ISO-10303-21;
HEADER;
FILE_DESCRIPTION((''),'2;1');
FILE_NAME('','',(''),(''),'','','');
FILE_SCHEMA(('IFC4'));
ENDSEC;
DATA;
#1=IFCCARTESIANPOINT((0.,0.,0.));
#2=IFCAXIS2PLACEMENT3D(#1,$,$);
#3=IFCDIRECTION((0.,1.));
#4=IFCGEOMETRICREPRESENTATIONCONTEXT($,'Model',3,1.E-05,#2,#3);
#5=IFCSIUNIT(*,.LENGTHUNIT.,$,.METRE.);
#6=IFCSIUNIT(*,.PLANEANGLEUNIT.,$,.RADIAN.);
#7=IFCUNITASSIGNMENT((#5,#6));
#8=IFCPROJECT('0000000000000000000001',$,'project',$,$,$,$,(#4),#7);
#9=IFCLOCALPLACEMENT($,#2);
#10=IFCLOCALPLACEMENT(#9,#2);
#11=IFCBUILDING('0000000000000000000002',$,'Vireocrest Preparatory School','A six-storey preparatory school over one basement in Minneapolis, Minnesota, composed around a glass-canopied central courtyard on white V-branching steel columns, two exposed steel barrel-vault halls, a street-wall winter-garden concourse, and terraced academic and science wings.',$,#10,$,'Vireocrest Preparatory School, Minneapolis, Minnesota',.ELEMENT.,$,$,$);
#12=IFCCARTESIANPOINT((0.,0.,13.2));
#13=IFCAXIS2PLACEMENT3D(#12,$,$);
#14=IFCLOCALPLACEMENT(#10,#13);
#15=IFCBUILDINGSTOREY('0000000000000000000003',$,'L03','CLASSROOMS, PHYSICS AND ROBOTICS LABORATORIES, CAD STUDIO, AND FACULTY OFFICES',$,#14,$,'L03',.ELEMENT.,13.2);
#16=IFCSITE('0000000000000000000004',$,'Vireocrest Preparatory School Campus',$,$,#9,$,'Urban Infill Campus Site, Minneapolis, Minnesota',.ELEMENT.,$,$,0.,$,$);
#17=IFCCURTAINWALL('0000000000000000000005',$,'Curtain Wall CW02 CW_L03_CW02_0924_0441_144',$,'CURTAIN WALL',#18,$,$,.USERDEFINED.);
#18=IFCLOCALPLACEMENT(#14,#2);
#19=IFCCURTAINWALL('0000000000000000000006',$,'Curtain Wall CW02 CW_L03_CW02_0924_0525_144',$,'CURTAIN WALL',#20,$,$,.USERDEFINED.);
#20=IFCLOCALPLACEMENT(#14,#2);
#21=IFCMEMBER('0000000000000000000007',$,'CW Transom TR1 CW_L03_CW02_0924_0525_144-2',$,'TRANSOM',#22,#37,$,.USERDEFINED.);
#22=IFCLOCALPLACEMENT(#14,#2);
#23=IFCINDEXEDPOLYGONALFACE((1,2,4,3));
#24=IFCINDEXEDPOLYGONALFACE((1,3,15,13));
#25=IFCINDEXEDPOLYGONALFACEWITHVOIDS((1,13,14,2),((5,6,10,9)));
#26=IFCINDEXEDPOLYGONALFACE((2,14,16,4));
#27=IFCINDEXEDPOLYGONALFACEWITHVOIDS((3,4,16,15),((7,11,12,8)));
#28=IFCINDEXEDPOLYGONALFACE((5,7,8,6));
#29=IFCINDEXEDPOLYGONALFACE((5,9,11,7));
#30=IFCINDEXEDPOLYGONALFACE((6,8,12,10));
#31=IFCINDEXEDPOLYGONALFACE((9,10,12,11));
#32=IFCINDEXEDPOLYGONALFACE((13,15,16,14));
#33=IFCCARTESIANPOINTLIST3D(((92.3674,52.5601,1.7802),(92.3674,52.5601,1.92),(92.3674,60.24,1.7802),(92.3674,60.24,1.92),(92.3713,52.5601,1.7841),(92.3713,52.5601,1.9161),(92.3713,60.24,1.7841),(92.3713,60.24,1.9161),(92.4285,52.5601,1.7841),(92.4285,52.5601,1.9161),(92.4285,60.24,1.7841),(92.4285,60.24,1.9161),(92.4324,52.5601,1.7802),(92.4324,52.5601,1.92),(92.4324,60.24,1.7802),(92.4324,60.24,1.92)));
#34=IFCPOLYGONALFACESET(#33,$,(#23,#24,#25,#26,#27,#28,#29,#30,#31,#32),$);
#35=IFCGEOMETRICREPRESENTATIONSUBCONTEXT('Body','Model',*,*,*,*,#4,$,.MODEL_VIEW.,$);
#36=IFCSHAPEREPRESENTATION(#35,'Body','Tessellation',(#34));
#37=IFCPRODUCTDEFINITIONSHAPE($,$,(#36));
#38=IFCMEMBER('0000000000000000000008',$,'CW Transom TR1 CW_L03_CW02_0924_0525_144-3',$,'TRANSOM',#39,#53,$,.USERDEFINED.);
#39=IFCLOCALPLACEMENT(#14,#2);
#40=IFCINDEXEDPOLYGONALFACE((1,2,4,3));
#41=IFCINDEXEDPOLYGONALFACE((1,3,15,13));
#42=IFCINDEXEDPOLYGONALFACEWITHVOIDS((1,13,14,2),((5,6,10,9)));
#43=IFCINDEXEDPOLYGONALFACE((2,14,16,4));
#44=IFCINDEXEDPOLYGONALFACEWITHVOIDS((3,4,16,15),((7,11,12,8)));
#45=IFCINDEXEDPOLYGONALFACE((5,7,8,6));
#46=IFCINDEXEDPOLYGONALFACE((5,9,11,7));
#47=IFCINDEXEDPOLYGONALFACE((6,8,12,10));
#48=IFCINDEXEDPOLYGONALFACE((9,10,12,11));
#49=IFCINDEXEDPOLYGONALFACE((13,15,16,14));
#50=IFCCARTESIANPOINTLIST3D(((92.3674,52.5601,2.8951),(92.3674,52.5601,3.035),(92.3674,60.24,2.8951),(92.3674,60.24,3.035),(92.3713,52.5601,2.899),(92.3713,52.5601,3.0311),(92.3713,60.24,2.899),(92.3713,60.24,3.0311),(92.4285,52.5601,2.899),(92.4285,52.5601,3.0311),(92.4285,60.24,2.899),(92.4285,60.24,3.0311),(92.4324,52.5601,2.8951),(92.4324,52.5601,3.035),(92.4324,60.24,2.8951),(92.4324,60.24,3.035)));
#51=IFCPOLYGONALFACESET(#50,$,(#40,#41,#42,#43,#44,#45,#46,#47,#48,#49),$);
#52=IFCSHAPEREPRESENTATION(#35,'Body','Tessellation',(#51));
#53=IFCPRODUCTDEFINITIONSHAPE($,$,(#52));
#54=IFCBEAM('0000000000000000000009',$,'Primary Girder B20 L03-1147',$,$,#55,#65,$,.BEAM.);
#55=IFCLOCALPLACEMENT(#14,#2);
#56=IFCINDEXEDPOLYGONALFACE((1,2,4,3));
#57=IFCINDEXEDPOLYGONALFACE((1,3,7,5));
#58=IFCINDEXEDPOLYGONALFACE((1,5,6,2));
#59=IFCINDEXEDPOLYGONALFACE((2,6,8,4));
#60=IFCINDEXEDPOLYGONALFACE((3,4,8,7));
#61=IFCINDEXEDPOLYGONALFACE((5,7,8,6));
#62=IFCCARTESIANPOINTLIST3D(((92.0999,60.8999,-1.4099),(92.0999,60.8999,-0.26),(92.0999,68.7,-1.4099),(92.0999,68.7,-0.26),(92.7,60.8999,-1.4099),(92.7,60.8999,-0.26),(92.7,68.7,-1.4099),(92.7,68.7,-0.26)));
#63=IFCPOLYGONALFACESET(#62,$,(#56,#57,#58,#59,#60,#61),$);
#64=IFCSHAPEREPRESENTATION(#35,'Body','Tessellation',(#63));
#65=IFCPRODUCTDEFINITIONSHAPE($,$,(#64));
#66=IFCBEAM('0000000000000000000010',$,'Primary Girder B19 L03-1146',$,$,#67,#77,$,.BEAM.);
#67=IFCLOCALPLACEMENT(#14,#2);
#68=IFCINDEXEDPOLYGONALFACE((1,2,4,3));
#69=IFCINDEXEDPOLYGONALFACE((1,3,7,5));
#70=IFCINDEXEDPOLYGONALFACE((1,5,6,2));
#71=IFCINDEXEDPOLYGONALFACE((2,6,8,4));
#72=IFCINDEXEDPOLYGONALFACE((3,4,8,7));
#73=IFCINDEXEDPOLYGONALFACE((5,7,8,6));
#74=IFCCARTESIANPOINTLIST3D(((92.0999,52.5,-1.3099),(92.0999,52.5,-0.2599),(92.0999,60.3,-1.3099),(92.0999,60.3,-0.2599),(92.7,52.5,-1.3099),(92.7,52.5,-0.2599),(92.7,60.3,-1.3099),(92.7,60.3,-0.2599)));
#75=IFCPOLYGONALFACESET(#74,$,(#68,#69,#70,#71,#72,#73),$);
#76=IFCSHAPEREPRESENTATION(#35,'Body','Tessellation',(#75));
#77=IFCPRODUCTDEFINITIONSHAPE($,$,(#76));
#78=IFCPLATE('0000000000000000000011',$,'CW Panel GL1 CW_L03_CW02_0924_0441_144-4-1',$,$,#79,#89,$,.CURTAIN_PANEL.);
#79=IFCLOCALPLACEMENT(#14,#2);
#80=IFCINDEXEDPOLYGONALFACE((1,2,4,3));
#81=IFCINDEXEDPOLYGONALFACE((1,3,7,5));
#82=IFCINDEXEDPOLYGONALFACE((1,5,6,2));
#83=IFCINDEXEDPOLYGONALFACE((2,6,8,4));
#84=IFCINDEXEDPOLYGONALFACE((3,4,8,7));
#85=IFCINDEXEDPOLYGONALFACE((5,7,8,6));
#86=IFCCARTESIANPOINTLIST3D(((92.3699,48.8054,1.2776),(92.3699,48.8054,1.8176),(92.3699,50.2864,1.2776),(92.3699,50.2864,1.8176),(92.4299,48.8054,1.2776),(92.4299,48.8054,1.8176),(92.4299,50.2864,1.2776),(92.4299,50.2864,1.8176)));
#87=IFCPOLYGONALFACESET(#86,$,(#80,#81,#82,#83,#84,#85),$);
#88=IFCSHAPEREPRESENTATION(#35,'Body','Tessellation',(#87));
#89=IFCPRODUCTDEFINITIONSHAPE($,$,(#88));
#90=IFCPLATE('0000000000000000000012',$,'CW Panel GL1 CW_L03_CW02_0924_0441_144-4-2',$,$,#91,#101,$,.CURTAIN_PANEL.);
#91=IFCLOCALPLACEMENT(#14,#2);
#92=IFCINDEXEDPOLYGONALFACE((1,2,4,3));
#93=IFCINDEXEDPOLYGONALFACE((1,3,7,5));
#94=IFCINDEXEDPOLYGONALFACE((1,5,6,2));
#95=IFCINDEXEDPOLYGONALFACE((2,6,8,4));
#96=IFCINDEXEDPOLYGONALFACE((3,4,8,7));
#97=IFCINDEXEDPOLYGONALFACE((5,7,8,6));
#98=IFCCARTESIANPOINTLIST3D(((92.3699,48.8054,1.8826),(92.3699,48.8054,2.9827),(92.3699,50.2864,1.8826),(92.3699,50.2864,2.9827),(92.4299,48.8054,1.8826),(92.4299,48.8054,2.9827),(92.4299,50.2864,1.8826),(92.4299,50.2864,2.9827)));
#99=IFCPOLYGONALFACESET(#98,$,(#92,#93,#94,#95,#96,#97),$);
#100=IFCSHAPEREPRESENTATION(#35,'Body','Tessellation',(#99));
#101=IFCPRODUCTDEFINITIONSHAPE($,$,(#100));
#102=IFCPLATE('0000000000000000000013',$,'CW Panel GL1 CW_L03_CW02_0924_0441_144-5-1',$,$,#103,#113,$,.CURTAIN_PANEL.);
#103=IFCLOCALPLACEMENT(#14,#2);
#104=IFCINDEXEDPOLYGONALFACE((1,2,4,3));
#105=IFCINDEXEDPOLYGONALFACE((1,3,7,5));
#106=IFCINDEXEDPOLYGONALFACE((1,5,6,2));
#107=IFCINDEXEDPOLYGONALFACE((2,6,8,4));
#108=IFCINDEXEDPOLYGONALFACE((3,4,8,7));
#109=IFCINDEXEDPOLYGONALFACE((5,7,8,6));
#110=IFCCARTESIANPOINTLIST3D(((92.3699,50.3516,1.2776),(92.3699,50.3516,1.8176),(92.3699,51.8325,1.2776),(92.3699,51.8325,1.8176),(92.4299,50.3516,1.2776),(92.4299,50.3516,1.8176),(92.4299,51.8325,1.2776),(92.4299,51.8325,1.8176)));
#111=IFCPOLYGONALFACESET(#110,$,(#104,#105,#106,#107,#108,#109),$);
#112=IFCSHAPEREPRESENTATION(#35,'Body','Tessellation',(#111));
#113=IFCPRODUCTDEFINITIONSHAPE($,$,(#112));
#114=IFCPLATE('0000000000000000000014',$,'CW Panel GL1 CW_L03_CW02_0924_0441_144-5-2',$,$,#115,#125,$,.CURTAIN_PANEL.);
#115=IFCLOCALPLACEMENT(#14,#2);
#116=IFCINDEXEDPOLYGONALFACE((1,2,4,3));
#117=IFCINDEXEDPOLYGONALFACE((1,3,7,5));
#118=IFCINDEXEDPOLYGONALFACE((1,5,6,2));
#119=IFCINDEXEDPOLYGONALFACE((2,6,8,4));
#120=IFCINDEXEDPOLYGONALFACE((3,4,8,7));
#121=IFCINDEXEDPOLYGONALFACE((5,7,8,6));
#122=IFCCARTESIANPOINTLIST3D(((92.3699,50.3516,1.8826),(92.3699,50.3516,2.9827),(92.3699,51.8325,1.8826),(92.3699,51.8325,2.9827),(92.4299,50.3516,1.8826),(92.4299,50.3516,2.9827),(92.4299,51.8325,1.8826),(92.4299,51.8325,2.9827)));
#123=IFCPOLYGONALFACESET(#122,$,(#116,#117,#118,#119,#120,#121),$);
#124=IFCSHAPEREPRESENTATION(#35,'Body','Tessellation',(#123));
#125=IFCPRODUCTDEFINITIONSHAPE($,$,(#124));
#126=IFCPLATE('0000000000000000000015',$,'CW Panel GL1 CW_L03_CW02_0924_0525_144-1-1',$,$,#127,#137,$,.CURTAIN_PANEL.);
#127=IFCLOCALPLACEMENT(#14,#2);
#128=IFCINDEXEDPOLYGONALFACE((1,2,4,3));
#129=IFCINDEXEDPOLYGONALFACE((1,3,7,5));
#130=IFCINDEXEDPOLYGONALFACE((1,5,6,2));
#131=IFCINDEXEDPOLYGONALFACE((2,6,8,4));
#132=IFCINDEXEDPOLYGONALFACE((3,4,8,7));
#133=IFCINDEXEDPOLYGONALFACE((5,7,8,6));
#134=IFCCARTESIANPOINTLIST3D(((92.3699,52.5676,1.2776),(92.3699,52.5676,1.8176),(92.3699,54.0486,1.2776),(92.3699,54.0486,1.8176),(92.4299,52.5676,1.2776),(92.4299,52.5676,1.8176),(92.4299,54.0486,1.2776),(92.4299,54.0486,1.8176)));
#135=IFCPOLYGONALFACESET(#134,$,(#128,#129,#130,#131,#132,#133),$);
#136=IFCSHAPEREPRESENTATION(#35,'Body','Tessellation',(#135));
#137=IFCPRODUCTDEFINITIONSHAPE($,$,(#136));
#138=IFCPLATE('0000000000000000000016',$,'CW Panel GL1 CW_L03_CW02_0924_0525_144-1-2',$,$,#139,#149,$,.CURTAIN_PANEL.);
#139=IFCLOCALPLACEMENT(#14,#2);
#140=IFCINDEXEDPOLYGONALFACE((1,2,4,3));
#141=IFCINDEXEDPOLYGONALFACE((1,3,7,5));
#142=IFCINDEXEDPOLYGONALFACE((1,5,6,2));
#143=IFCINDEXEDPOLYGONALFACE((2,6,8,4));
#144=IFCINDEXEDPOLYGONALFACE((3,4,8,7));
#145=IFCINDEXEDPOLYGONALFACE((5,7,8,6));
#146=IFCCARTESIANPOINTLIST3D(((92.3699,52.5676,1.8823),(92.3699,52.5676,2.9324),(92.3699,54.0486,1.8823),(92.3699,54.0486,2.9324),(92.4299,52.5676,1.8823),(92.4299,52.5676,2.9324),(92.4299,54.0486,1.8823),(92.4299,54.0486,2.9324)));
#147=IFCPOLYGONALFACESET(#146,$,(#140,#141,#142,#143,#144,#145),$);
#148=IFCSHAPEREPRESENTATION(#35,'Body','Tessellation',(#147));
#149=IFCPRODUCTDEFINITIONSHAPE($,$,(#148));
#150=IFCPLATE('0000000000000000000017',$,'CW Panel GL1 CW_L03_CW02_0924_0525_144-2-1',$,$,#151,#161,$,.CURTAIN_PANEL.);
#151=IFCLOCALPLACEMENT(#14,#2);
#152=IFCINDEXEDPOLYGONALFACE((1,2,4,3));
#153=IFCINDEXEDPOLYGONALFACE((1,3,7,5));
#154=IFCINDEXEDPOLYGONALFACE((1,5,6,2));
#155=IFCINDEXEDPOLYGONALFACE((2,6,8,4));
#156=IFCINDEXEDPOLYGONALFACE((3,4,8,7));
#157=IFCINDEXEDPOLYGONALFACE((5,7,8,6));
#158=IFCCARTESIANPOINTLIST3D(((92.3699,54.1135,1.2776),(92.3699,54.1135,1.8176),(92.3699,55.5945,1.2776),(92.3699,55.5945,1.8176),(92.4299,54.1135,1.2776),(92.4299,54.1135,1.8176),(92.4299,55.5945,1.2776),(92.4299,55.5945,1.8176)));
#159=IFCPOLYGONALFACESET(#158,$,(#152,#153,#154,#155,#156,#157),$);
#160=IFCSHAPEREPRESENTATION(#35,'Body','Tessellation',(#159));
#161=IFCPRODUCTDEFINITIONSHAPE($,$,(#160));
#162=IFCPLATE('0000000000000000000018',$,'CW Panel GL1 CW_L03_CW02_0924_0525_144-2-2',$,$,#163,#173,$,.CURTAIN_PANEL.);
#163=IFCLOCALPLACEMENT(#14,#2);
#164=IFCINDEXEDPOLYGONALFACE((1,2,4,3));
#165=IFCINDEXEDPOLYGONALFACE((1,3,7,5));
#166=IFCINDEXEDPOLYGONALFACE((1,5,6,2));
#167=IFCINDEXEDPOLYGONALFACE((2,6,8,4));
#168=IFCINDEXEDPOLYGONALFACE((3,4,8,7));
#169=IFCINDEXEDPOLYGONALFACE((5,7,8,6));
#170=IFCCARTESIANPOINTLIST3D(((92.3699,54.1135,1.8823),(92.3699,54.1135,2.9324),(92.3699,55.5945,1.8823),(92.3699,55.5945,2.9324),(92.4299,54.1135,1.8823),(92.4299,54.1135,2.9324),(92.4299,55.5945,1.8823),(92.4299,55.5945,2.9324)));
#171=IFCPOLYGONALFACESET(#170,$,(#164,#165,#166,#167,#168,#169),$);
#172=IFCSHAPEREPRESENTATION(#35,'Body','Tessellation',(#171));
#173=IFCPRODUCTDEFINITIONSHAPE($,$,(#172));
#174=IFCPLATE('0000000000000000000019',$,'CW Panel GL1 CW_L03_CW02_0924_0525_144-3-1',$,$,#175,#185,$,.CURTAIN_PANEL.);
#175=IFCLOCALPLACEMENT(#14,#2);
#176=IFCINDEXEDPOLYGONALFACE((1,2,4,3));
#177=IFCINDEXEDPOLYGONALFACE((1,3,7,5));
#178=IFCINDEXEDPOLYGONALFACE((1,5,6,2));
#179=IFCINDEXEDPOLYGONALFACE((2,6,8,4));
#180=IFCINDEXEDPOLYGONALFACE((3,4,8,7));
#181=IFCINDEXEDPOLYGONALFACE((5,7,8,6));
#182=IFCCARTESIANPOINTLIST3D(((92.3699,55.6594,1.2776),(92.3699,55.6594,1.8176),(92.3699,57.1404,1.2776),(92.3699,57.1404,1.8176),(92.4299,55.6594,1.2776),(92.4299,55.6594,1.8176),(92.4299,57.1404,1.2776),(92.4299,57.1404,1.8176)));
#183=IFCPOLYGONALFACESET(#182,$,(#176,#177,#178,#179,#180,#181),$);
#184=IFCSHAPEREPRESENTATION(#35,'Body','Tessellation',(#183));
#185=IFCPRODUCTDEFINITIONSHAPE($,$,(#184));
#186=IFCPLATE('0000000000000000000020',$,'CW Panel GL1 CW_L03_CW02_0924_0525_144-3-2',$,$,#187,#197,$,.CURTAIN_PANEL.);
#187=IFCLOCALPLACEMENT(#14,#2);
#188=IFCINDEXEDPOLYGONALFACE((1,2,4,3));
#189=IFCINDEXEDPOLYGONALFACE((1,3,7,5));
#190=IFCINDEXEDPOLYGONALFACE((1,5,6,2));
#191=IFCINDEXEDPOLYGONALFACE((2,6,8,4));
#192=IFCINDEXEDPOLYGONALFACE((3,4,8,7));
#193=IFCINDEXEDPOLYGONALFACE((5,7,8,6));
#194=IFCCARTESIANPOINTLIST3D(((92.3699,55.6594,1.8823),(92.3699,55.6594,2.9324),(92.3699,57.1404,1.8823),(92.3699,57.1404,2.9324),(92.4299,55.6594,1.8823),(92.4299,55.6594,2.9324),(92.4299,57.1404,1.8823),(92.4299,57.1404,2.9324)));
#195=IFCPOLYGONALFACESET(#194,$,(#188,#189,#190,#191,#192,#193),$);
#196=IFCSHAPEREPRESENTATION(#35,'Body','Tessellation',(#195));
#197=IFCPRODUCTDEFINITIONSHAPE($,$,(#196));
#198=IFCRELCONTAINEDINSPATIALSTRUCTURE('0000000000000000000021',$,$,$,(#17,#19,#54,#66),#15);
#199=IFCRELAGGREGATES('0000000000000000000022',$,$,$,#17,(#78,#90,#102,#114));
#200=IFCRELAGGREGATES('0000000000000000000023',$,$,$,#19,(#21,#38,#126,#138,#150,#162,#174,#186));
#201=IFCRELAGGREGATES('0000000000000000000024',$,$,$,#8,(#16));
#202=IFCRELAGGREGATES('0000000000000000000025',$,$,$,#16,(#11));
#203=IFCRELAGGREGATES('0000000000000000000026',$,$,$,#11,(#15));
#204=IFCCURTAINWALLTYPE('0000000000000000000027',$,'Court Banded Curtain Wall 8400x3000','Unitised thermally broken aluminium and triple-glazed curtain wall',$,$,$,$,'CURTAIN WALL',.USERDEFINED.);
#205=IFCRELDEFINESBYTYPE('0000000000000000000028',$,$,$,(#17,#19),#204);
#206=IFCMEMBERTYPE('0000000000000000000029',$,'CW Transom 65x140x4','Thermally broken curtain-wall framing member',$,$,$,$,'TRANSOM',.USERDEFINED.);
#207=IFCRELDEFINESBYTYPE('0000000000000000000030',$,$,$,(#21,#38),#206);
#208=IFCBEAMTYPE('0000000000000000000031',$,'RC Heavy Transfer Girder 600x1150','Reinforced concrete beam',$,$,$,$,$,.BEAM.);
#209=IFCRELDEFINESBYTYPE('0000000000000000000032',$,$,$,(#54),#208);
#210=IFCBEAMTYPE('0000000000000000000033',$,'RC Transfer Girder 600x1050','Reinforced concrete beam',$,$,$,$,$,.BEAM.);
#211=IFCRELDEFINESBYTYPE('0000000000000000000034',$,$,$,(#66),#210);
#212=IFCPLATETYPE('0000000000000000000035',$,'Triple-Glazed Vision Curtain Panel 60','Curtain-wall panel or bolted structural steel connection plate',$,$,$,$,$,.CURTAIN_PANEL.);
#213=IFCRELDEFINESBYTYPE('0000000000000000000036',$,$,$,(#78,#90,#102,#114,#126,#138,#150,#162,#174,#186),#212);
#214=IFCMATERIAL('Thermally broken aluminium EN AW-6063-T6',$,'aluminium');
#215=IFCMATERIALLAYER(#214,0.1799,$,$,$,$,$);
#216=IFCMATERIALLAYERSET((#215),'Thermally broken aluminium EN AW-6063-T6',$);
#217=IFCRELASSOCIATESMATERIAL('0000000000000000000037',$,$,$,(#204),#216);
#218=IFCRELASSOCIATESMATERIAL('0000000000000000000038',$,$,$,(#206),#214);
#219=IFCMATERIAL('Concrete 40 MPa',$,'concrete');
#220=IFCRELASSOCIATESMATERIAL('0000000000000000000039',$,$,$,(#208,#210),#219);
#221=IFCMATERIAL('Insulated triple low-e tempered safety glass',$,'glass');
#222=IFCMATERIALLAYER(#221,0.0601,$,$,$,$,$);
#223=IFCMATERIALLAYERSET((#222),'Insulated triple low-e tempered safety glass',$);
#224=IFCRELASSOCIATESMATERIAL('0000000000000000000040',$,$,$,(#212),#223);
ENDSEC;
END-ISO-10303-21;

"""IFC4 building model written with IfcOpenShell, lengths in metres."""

from ifc_helpers import new_model, si_unit, direction, frame, origin, origin_2d, place, context, subcontext, project, spatial, rectangle, hollow_rectangle, extrude, material, layer, layer_set, material_profile, profile_set, type_object, element, aggregate, save


model = new_model("IFC4")

# Units and contexts
model_context = context("Model", 3, precision=1e-05, world=origin(), true_north=direction((0.0, 1.0)))
body_context = subcontext(model_context, "Body", "Model", "MODEL_VIEW")
ifc_project = project(units=[si_unit("LENGTHUNIT", "METRE"), si_unit("PLANEANGLEUNIT", "RADIAN")], contexts=[model_context])

# Site, building, storey
site_placement = place(None, origin())
site = spatial("IfcSite", under=ifc_project, at=site_placement, Name="Vireocrest Preparatory School Campus", LongName="Urban Infill Campus Site, Minneapolis, Minnesota", CompositionType="ELEMENT", RefElevation=0.0)
building_placement = place(site_placement, origin())
building = spatial("IfcBuilding", under=site, at=building_placement, Name="Vireocrest Preparatory School", Description="A six-storey preparatory school over one basement in Minneapolis, Minnesota, composed around a glass-canopied central courtyard on white V-branching steel columns, two exposed steel barrel-vault halls, a street-wall winter-garden concourse, and terraced academic and science wings.", LongName="Vireocrest Preparatory School, Minneapolis, Minnesota", CompositionType="ELEMENT")
storey_placement = place(building_placement, frame((0.0, 0.0, 13.2)))
storey = spatial("IfcBuildingStorey", under=building, at=storey_placement, Name="L03", Description="CLASSROOMS, PHYSICS AND ROBOTICS LABORATORIES, CAD STUDIO, AND FACULTY OFFICES", LongName="L03", CompositionType="ELEMENT", Elevation=13.2)

# Curtain walls, members
ifc_material_1 = material(Name="Thermally broken aluminium EN AW-6063-T6", Category="aluminium")
ifc_layer_1 = layer(ifc_material_1, 0.1799)
ifc_layer_set_1 = layer_set([ifc_layer_1], Name="Thermally broken aluminium EN AW-6063-T6")
curtain_wall_type = type_object("IfcCurtainWallType", Name="Court Banded Curtain Wall 8400x3000", Description="Unitised thermally broken aluminium and triple-glazed curtain wall", ElementType="CURTAIN WALL", PredefinedType="USERDEFINED", material=ifc_layer_set_1)
curtain_wall_1_placement = place(storey_placement, origin())
curtain_wall_1 = element("IfcCurtainWall", 1, at=curtain_wall_1_placement, inside=storey, type_object=curtain_wall_type, Name="Curtain Wall CW02 CW_L03_CW02_0924_0441_144", ObjectType="CURTAIN WALL", PredefinedType="USERDEFINED")
curtain_wall_2_placement = place(storey_placement, origin())
curtain_wall_2 = element("IfcCurtainWall", 2, at=curtain_wall_2_placement, inside=storey, type_object=curtain_wall_type, Name="Curtain Wall CW02 CW_L03_CW02_0924_0525_144", ObjectType="CURTAIN WALL", PredefinedType="USERDEFINED")
ifc_material_profile_1 = material_profile(ifc_material_1, hollow_rectangle(XDim=0.0649, YDim=0.1399, WallThickness=0.0039, at=origin_2d()), Name="ALU 65x140x4")
ifc_profile_set_1 = profile_set([ifc_material_profile_1], Name="Thermally broken aluminium EN AW-6063-T6")
member_type_1 = type_object("IfcMemberType", Name="CW Transom 65x140x4", Description="Thermally broken curtain-wall framing member", ElementType="TRANSOM", PredefinedType="USERDEFINED", material=ifc_profile_set_1)
member_1_placement = place(storey_placement, frame((92.3999, 52.5601, 1.8501), z_axis=(0.0, 1.0, 0.0), x_axis=(-1.0, 0.0, 0.0)))
member_1 = element("IfcMember", 3, at=member_1_placement, type_object=member_type_1, Name="CW Transom TR1 CW_L03_CW02_0924_0525_144-2", ObjectType="TRANSOM", PredefinedType="USERDEFINED", context=body_context, shape_type="SweptSolid", body=[
    extrude(hollow_rectangle(XDim=0.0649, YDim=0.1399, WallThickness=0.0039, at=origin_2d()), origin(), (0.0, 0.0, 1.0), 7.6799),
])
member_2_placement = place(storey_placement, frame((92.3999, 52.5601, 2.9651), z_axis=(0.0, 1.0, 0.0), x_axis=(-1.0, 0.0, 0.0)))
member_2 = element("IfcMember", 4, at=member_2_placement, type_object=member_type_1, Name="CW Transom TR1 CW_L03_CW02_0924_0525_144-3", ObjectType="TRANSOM", PredefinedType="USERDEFINED", context=body_context, shape_type="SweptSolid", body=[
    extrude(hollow_rectangle(XDim=0.0649, YDim=0.1399, WallThickness=0.0039, at=origin_2d()), origin(), (0.0, 0.0, 1.0), 7.6799),
])

# Beams
ifc_material_2 = material(Name="Concrete 40 MPa", Category="concrete")
ifc_material_profile_2 = material_profile(ifc_material_2, rectangle(XDim=0.6001, YDim=1.1499, at=origin_2d()), Name="RC 600x1150")
ifc_profile_set_2 = profile_set([ifc_material_profile_2], Name="Concrete 40 MPa")
beam_type_1 = type_object("IfcBeamType", Name="RC Heavy Transfer Girder 600x1150", Description="Reinforced concrete beam", PredefinedType="BEAM", material=ifc_profile_set_2)
beam_1_placement = place(storey_placement, frame((92.3999, 60.8999, -0.835), z_axis=(0.0, 1.0, 0.0), x_axis=(-1.0, 0.0, 0.0)))
element("IfcBeam", 5, at=beam_1_placement, inside=storey, type_object=beam_type_1, Name="Primary Girder B20 L03-1147", PredefinedType="BEAM", context=body_context, shape_type="SweptSolid", body=[
    extrude(rectangle(XDim=0.6001, YDim=1.1499, at=origin_2d()), origin(), (0.0, 0.0, 1.0), 7.8),
])
ifc_material_profile_3 = material_profile(ifc_material_2, rectangle(XDim=0.6001, YDim=1.05, at=origin_2d()), Name="RC 600x1050")
ifc_profile_set_3 = profile_set([ifc_material_profile_3], Name="Concrete 40 MPa")
beam_type_2 = type_object("IfcBeamType", Name="RC Transfer Girder 600x1050", Description="Reinforced concrete beam", PredefinedType="BEAM", material=ifc_profile_set_3)
beam_2_placement = place(storey_placement, frame((92.3999, 52.5, -0.7849), z_axis=(0.0, 1.0, 0.0), x_axis=(-1.0, 0.0, 0.0)))
element("IfcBeam", 6, at=beam_2_placement, inside=storey, type_object=beam_type_2, Name="Primary Girder B19 L03-1146", PredefinedType="BEAM", context=body_context, shape_type="SweptSolid", body=[
    extrude(rectangle(XDim=0.6001, YDim=1.05, at=origin_2d()), origin(), (0.0, 0.0, 1.0), 7.8),
])

# Plates
ifc_material_3 = material(Name="Insulated triple low-e tempered safety glass", Category="glass")
ifc_layer_2 = layer(ifc_material_3, 0.0601)
ifc_layer_set_2 = layer_set([ifc_layer_2], Name="Insulated triple low-e tempered safety glass")
plate_type = type_object("IfcPlateType", Name="Triple-Glazed Vision Curtain Panel 60", Description="Curtain-wall panel or bolted structural steel connection plate", PredefinedType="CURTAIN_PANEL", material=ifc_layer_set_2)
plate_1_placement = place(storey_placement, frame((92.3999, 49.5459, 1.2776), z_axis=(0.0, 0.0, 1.0), x_axis=(0.0, 1.0, 0.0)))
plate_1 = element("IfcPlate", 7, at=plate_1_placement, type_object=plate_type, Name="CW Panel GL1 CW_L03_CW02_0924_0441_144-4-1", PredefinedType="CURTAIN_PANEL", context=body_context, shape_type="SweptSolid", body=[
    extrude(rectangle(XDim=1.481, YDim=0.0601, at=origin_2d()), origin(), (0.0, 0.0, 1.0), 0.54),
])
plate_2_placement = place(storey_placement, frame((92.3999, 49.5459, 1.8826), z_axis=(0.0, 0.0, 1.0), x_axis=(0.0, 1.0, 0.0)))
plate_2 = element("IfcPlate", 8, at=plate_2_placement, type_object=plate_type, Name="CW Panel GL1 CW_L03_CW02_0924_0441_144-4-2", PredefinedType="CURTAIN_PANEL", context=body_context, shape_type="SweptSolid", body=[
    extrude(rectangle(XDim=1.481, YDim=0.0601, at=origin_2d()), origin(), (0.0, 0.0, 1.0), 1.1001),
])
plate_3_placement = place(storey_placement, frame((92.3999, 51.092, 1.2776), z_axis=(0.0, 0.0, 1.0), x_axis=(0.0, 1.0, 0.0)))
plate_3 = element("IfcPlate", 9, at=plate_3_placement, type_object=plate_type, Name="CW Panel GL1 CW_L03_CW02_0924_0441_144-5-1", PredefinedType="CURTAIN_PANEL", context=body_context, shape_type="SweptSolid", body=[
    extrude(rectangle(XDim=1.481, YDim=0.0601, at=origin_2d()), origin(), (0.0, 0.0, 1.0), 0.54),
])
plate_4_placement = place(storey_placement, frame((92.3999, 51.092, 1.8826), z_axis=(0.0, 0.0, 1.0), x_axis=(0.0, 1.0, 0.0)))
plate_4 = element("IfcPlate", 10, at=plate_4_placement, type_object=plate_type, Name="CW Panel GL1 CW_L03_CW02_0924_0441_144-5-2", PredefinedType="CURTAIN_PANEL", context=body_context, shape_type="SweptSolid", body=[
    extrude(rectangle(XDim=1.481, YDim=0.0601, at=origin_2d()), origin(), (0.0, 0.0, 1.0), 1.1001),
])
aggregate(curtain_wall_1, [plate_1, plate_2, plate_3, plate_4])
plate_5_placement = place(storey_placement, frame((92.3999, 53.3081, 1.2776), z_axis=(0.0, 0.0, 1.0), x_axis=(0.0, 1.0, 0.0)))
plate_5 = element("IfcPlate", 11, at=plate_5_placement, type_object=plate_type, Name="CW Panel GL1 CW_L03_CW02_0924_0525_144-1-1", PredefinedType="CURTAIN_PANEL", context=body_context, shape_type="SweptSolid", body=[
    extrude(rectangle(XDim=1.481, YDim=0.0601, at=origin_2d()), origin(), (0.0, 0.0, 1.0), 0.54),
])
plate_6_placement = place(storey_placement, frame((92.3999, 53.3081, 1.8823), z_axis=(0.0, 0.0, 1.0), x_axis=(0.0, 1.0, 0.0)))
plate_6 = element("IfcPlate", 12, at=plate_6_placement, type_object=plate_type, Name="CW Panel GL1 CW_L03_CW02_0924_0525_144-1-2", PredefinedType="CURTAIN_PANEL", context=body_context, shape_type="SweptSolid", body=[
    extrude(rectangle(XDim=1.481, YDim=0.0601, at=origin_2d()), origin(), (0.0, 0.0, 1.0), 1.05),
])
plate_7_placement = place(storey_placement, frame((92.3999, 54.854, 1.2776), z_axis=(0.0, 0.0, 1.0), x_axis=(0.0, 1.0, 0.0)))
plate_7 = element("IfcPlate", 13, at=plate_7_placement, type_object=plate_type, Name="CW Panel GL1 CW_L03_CW02_0924_0525_144-2-1", PredefinedType="CURTAIN_PANEL", context=body_context, shape_type="SweptSolid", body=[
    extrude(rectangle(XDim=1.481, YDim=0.0601, at=origin_2d()), origin(), (0.0, 0.0, 1.0), 0.54),
])
plate_8_placement = place(storey_placement, frame((92.3999, 54.854, 1.8823), z_axis=(0.0, 0.0, 1.0), x_axis=(0.0, 1.0, 0.0)))
plate_8 = element("IfcPlate", 14, at=plate_8_placement, type_object=plate_type, Name="CW Panel GL1 CW_L03_CW02_0924_0525_144-2-2", PredefinedType="CURTAIN_PANEL", context=body_context, shape_type="SweptSolid", body=[
    extrude(rectangle(XDim=1.481, YDim=0.0601, at=origin_2d()), origin(), (0.0, 0.0, 1.0), 1.05),
])
plate_9_placement = place(storey_placement, frame((92.3999, 56.3999, 1.2776), z_axis=(0.0, 0.0, 1.0), x_axis=(0.0, 1.0, 0.0)))
plate_9 = element("IfcPlate", 15, at=plate_9_placement, type_object=plate_type, Name="CW Panel GL1 CW_L03_CW02_0924_0525_144-3-1", PredefinedType="CURTAIN_PANEL", context=body_context, shape_type="SweptSolid", body=[
    extrude(rectangle(XDim=1.481, YDim=0.0601, at=origin_2d()), origin(), (0.0, 0.0, 1.0), 0.54),
])
plate_10_placement = place(storey_placement, frame((92.3999, 56.3999, 1.8823), z_axis=(0.0, 0.0, 1.0), x_axis=(0.0, 1.0, 0.0)))
plate_10 = element("IfcPlate", 16, at=plate_10_placement, type_object=plate_type, Name="CW Panel GL1 CW_L03_CW02_0924_0525_144-3-2", PredefinedType="CURTAIN_PANEL", context=body_context, shape_type="SweptSolid", body=[
    extrude(rectangle(XDim=1.481, YDim=0.0601, at=origin_2d()), origin(), (0.0, 0.0, 1.0), 1.05),
])
aggregate(curtain_wall_2, [member_1, member_2, plate_5, plate_6, plate_7, plate_8, plate_9, plate_10])

save(model, "model.ifc")
